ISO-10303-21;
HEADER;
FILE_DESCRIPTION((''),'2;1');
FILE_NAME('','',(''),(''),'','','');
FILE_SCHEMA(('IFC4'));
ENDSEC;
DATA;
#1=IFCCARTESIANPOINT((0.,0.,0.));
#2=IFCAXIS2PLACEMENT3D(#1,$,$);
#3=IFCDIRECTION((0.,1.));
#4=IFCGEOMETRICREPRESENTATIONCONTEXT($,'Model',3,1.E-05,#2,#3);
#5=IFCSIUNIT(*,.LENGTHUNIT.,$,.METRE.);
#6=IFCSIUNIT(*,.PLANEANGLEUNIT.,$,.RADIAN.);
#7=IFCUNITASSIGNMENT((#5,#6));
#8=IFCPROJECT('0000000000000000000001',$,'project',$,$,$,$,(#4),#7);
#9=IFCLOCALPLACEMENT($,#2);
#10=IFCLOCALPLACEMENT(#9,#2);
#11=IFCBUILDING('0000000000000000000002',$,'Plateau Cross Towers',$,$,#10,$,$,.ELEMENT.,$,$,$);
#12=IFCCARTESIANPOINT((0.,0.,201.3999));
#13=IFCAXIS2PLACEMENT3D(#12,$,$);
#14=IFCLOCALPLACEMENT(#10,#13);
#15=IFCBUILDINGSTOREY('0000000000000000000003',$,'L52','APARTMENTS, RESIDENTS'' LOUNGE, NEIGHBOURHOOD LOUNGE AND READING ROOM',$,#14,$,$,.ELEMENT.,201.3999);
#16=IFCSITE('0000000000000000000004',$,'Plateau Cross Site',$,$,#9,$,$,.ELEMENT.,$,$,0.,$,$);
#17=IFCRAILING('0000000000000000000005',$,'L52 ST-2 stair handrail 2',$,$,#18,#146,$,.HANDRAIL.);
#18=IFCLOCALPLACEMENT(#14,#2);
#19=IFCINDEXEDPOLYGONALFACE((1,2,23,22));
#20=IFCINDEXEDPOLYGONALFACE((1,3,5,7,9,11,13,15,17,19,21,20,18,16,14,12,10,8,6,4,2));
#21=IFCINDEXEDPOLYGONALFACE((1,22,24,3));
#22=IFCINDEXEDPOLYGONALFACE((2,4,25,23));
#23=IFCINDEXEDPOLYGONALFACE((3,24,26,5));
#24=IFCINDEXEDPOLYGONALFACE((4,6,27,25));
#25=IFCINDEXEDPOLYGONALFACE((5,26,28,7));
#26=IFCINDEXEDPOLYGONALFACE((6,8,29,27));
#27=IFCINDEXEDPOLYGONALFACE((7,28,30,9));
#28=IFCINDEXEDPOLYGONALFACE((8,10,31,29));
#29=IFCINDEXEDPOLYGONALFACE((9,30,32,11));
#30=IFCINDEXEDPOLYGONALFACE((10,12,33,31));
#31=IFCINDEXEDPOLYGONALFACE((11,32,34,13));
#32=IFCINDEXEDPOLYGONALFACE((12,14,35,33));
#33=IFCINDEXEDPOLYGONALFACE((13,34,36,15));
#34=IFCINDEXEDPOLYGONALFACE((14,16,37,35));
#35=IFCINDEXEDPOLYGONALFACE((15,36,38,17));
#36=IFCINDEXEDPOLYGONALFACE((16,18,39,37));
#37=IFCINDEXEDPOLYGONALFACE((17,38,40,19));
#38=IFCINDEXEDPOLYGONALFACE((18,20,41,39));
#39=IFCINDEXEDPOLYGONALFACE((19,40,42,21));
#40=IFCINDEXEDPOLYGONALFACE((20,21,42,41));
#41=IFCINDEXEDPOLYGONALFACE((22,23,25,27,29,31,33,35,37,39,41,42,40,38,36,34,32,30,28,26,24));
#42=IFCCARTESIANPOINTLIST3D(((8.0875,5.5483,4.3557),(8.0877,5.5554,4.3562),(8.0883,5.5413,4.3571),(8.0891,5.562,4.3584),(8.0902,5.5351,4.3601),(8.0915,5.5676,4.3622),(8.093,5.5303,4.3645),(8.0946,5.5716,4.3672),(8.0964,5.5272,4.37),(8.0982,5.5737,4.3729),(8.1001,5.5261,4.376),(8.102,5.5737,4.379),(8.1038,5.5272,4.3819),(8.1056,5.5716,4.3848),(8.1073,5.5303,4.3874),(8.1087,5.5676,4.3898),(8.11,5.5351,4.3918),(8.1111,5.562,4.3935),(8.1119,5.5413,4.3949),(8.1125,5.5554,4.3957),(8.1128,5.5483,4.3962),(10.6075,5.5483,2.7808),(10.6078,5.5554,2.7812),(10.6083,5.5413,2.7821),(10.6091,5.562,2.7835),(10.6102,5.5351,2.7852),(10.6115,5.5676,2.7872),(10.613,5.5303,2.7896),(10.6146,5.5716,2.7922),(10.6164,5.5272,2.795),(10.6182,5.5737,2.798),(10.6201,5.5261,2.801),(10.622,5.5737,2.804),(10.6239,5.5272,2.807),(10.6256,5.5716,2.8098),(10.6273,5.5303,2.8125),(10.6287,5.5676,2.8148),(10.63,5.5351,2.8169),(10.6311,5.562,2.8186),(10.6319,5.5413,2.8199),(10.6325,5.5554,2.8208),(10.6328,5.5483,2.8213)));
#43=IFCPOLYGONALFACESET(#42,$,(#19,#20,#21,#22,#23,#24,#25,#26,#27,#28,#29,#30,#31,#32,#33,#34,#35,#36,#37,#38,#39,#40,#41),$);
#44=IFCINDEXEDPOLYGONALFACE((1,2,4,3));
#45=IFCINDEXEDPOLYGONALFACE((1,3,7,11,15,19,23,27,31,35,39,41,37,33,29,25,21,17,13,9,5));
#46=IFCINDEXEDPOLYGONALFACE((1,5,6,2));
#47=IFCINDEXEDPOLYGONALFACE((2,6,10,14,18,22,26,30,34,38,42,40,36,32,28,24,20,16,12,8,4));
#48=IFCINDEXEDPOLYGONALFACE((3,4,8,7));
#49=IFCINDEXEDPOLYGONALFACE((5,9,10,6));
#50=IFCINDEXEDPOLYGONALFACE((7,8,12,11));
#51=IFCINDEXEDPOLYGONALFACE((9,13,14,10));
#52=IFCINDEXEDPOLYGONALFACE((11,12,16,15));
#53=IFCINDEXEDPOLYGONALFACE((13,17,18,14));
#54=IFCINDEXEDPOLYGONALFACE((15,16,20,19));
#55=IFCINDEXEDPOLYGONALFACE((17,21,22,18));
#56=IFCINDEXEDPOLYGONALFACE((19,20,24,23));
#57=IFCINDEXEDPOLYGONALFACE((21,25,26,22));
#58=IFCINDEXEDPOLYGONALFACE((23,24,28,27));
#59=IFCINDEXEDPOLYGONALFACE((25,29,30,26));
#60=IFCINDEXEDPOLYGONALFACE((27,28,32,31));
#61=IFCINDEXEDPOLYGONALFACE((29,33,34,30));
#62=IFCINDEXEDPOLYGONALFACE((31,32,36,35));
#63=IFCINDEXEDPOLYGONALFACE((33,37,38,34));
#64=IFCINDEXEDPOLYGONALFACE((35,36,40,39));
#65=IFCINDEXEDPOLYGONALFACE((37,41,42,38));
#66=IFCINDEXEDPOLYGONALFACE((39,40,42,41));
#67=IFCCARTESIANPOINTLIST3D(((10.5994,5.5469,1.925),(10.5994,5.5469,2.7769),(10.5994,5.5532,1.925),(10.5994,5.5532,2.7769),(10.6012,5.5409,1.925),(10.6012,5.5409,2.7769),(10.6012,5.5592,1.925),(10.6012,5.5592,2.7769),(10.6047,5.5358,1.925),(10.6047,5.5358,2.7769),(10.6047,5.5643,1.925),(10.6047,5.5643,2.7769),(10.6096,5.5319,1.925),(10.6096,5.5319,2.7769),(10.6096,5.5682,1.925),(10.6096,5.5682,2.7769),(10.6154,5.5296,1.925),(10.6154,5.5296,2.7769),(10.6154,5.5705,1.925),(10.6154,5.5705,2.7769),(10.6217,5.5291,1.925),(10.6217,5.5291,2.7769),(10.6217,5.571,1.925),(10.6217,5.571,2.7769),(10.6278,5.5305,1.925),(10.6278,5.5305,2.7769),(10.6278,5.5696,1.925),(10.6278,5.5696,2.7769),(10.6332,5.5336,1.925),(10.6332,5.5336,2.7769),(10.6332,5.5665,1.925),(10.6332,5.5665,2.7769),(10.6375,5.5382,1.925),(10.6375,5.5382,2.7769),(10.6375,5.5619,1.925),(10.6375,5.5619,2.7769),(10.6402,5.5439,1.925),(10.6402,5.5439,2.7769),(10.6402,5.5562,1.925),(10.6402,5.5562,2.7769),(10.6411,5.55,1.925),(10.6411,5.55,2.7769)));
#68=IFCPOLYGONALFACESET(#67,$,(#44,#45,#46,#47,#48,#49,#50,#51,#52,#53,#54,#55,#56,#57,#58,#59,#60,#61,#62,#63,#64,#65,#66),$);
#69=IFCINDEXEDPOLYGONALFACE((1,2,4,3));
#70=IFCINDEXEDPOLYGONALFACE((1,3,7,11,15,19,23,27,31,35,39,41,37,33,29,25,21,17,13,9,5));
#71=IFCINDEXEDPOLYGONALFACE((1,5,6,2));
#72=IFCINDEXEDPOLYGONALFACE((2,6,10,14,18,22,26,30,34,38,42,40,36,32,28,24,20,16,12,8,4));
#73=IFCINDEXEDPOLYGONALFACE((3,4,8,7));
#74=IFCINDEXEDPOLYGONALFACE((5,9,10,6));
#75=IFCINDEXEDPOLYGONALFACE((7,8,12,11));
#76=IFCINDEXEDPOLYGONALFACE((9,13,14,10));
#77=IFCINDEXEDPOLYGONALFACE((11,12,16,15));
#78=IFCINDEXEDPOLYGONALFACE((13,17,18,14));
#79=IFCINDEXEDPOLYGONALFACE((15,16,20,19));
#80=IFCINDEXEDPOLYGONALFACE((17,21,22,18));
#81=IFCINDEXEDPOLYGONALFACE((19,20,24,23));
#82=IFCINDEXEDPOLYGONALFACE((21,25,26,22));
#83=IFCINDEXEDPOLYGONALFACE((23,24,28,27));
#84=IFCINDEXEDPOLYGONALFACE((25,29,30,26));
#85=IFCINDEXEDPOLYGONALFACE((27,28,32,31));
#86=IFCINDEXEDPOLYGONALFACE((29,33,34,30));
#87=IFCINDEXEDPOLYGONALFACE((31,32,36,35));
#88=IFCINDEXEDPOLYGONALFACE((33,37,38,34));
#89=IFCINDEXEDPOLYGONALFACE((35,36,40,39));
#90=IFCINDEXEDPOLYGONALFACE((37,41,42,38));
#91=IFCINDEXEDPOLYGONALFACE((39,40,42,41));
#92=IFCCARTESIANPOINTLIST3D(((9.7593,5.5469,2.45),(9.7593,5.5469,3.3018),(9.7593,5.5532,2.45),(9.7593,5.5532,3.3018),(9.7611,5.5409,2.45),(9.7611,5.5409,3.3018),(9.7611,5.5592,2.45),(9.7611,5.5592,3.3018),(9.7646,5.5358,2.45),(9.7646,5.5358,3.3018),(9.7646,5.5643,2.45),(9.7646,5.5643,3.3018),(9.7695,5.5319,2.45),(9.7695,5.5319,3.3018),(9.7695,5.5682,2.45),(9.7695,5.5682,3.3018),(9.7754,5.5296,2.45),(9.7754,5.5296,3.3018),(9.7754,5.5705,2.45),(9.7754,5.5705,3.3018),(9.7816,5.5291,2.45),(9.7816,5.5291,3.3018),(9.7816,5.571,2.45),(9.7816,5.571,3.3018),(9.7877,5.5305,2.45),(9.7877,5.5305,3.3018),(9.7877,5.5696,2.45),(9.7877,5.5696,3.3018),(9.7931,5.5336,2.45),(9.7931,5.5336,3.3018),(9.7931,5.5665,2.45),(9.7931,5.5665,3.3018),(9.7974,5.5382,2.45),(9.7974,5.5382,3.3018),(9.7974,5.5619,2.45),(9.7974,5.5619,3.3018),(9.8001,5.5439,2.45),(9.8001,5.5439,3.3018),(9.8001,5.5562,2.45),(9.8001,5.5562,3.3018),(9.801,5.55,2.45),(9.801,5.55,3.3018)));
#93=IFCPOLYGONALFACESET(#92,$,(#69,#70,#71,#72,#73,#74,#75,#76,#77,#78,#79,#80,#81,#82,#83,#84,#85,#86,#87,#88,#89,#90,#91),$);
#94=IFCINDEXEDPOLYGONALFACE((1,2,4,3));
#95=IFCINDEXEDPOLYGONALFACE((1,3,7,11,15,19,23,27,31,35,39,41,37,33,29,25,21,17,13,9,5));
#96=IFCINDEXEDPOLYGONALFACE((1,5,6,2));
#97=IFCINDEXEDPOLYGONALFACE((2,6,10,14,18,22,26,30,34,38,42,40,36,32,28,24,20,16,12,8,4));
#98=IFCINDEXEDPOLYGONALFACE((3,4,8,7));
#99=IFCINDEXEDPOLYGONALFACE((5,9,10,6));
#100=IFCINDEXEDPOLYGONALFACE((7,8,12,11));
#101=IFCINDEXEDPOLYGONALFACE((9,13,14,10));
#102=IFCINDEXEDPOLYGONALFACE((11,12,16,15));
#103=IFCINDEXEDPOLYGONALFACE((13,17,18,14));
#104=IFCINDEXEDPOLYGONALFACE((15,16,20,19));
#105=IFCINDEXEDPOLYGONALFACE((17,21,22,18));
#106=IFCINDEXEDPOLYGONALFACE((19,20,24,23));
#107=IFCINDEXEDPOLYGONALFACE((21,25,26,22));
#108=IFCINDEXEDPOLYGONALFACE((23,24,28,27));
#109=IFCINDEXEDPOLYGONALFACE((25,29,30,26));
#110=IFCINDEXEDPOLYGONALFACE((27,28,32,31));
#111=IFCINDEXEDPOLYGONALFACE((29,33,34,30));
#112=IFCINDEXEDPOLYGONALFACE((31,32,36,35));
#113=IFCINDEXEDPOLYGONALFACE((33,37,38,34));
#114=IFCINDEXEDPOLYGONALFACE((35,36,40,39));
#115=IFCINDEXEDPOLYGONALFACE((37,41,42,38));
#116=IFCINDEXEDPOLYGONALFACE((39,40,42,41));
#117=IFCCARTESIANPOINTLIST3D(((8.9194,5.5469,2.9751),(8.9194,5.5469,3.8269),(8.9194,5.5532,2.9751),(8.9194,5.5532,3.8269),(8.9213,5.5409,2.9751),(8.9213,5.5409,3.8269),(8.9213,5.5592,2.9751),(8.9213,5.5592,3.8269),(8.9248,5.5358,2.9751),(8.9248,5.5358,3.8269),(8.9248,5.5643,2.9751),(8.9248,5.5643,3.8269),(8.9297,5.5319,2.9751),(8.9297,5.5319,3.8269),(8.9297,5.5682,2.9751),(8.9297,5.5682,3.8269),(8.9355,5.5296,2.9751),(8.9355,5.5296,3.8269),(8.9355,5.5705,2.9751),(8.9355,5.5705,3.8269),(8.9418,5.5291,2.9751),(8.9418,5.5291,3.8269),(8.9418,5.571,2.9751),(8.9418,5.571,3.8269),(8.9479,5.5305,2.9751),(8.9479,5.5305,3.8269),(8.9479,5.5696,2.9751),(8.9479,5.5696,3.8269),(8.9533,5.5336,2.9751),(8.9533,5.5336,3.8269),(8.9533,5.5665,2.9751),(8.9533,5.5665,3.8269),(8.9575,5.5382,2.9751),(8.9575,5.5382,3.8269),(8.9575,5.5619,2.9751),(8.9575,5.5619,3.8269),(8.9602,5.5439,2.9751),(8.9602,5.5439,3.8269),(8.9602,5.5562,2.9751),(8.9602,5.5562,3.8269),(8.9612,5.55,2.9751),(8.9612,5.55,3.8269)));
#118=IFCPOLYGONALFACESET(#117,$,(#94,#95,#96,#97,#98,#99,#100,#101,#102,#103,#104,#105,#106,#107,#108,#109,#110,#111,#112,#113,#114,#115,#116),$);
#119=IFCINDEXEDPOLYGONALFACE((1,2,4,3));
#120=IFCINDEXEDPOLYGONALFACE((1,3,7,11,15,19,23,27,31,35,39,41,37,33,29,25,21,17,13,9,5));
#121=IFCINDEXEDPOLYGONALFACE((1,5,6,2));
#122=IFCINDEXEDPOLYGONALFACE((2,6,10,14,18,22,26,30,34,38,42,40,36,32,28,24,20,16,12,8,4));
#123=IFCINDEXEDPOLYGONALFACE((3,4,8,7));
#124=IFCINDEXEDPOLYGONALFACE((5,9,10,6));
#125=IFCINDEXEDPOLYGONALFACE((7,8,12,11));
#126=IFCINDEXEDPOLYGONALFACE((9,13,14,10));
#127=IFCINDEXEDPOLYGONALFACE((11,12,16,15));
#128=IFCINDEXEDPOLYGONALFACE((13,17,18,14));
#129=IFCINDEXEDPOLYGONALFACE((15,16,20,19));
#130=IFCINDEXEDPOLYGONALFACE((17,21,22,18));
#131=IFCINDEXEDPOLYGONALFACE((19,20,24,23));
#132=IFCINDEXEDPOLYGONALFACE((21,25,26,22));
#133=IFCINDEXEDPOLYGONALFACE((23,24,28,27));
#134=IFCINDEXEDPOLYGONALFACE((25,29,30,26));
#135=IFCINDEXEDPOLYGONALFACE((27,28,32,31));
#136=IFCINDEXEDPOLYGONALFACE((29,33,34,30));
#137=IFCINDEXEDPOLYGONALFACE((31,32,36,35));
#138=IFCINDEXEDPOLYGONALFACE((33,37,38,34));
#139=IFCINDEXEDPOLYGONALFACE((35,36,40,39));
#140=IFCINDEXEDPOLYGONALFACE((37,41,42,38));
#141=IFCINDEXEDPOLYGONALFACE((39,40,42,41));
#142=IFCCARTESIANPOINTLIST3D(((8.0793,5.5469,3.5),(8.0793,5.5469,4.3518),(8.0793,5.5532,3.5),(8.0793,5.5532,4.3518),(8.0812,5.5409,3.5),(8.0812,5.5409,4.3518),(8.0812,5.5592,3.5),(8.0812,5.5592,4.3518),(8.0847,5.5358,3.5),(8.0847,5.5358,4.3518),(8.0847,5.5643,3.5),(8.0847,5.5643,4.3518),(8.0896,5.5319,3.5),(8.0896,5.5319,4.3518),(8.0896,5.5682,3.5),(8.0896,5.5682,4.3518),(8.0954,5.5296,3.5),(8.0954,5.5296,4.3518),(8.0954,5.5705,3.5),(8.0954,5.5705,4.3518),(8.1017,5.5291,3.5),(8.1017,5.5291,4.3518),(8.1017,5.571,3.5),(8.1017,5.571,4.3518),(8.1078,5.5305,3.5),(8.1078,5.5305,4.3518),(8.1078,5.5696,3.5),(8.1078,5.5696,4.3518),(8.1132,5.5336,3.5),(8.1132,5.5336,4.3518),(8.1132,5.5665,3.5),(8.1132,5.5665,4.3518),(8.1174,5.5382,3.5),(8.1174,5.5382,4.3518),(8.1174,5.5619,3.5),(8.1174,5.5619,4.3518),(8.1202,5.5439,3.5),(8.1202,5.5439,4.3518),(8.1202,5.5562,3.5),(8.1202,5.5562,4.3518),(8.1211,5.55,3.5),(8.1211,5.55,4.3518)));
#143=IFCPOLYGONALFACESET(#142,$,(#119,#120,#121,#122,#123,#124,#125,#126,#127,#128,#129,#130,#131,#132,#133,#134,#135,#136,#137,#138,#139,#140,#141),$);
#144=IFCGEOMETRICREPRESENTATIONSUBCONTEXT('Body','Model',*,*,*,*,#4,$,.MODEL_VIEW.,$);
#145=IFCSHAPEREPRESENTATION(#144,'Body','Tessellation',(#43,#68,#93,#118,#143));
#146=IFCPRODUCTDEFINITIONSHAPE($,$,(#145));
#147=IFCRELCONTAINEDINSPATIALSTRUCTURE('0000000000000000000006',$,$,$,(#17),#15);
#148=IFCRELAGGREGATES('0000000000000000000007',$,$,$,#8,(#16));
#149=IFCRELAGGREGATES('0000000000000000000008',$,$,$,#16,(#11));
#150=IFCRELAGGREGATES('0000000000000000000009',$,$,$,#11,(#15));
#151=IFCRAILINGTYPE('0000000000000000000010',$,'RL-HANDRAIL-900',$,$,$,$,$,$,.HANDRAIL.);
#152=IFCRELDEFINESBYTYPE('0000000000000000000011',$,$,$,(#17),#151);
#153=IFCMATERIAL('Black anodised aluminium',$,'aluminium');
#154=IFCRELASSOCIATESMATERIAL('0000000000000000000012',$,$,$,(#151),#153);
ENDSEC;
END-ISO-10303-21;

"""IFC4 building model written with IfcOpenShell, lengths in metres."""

from ifc_helpers import new_model, si_unit, direction, frame, origin, origin_2d, place, context, subcontext, project, spatial, circle, extrude, material, type_object, element, save


model = new_model("IFC4")

# Units and contexts
model_context = context("Model", 3, precision=1e-05, world=origin(), true_north=direction((0.0, 1.0)))
body_context = subcontext(model_context, "Body", "Model", "MODEL_VIEW")
ifc_project = project(units=[si_unit("LENGTHUNIT", "METRE"), si_unit("PLANEANGLEUNIT", "RADIAN")], contexts=[model_context])

# Site, building, storey
site_placement = place(None, origin())
site = spatial("IfcSite", under=ifc_project, at=site_placement, Name="Plateau Cross Site", CompositionType="ELEMENT", RefElevation=0.0)
building_placement = place(site_placement, origin())
building = spatial("IfcBuilding", under=site, at=building_placement, Name="Plateau Cross Towers", CompositionType="ELEMENT")
storey_placement = place(building_placement, frame((0.0, 0.0, 201.3999)))
storey = spatial("IfcBuildingStorey", under=building, at=storey_placement, Name="L52", Description="APARTMENTS, RESIDENTS' LOUNGE, NEIGHBOURHOOD LOUNGE AND READING ROOM", CompositionType="ELEMENT", Elevation=201.3999)

# Railing
ifc_material_1 = material(Name="Black anodised aluminium", Category="aluminium")
railing_type_1 = type_object("IfcRailingType", Name="RL-HANDRAIL-900", PredefinedType="HANDRAIL", material=ifc_material_1)
railing_1_placement = place(storey_placement, frame((10.6201, 5.55, 1.925)))
element("IfcRailing", 1, at=railing_1_placement, inside=storey, type_object=railing_type_1, Name="L52 ST-2 stair handrail 2", PredefinedType="HANDRAIL", context=body_context, shape_type="SweptSolid", body=[
    extrude(circle(Radius=0.0239, at=origin_2d()), frame((0.0, 0.0, 0.876), z_axis=(-0.848008, 0.0, 0.529984), x_axis=(0.0, -1.0, 0.0)), (0.0, 0.0, 1.0), 2.9717),
    extrude(circle(Radius=0.021, at=origin_2d()), origin(), (0.0, 0.0, 1.0), 0.8518),
    extrude(circle(Radius=0.021, at=origin_2d()), frame((-0.8401, 0.0, 0.5249)), (0.0, 0.0, 1.0), 0.8518),
    extrude(circle(Radius=0.021, at=origin_2d()), frame((-1.6799, 0.0, 1.05)), (0.0, 0.0, 1.0), 0.8518),
    extrude(circle(Radius=0.021, at=origin_2d()), frame((-2.52, 0.0, 1.575)), (0.0, 0.0, 1.0), 0.8518),
])

save(model, "model.ifc")
